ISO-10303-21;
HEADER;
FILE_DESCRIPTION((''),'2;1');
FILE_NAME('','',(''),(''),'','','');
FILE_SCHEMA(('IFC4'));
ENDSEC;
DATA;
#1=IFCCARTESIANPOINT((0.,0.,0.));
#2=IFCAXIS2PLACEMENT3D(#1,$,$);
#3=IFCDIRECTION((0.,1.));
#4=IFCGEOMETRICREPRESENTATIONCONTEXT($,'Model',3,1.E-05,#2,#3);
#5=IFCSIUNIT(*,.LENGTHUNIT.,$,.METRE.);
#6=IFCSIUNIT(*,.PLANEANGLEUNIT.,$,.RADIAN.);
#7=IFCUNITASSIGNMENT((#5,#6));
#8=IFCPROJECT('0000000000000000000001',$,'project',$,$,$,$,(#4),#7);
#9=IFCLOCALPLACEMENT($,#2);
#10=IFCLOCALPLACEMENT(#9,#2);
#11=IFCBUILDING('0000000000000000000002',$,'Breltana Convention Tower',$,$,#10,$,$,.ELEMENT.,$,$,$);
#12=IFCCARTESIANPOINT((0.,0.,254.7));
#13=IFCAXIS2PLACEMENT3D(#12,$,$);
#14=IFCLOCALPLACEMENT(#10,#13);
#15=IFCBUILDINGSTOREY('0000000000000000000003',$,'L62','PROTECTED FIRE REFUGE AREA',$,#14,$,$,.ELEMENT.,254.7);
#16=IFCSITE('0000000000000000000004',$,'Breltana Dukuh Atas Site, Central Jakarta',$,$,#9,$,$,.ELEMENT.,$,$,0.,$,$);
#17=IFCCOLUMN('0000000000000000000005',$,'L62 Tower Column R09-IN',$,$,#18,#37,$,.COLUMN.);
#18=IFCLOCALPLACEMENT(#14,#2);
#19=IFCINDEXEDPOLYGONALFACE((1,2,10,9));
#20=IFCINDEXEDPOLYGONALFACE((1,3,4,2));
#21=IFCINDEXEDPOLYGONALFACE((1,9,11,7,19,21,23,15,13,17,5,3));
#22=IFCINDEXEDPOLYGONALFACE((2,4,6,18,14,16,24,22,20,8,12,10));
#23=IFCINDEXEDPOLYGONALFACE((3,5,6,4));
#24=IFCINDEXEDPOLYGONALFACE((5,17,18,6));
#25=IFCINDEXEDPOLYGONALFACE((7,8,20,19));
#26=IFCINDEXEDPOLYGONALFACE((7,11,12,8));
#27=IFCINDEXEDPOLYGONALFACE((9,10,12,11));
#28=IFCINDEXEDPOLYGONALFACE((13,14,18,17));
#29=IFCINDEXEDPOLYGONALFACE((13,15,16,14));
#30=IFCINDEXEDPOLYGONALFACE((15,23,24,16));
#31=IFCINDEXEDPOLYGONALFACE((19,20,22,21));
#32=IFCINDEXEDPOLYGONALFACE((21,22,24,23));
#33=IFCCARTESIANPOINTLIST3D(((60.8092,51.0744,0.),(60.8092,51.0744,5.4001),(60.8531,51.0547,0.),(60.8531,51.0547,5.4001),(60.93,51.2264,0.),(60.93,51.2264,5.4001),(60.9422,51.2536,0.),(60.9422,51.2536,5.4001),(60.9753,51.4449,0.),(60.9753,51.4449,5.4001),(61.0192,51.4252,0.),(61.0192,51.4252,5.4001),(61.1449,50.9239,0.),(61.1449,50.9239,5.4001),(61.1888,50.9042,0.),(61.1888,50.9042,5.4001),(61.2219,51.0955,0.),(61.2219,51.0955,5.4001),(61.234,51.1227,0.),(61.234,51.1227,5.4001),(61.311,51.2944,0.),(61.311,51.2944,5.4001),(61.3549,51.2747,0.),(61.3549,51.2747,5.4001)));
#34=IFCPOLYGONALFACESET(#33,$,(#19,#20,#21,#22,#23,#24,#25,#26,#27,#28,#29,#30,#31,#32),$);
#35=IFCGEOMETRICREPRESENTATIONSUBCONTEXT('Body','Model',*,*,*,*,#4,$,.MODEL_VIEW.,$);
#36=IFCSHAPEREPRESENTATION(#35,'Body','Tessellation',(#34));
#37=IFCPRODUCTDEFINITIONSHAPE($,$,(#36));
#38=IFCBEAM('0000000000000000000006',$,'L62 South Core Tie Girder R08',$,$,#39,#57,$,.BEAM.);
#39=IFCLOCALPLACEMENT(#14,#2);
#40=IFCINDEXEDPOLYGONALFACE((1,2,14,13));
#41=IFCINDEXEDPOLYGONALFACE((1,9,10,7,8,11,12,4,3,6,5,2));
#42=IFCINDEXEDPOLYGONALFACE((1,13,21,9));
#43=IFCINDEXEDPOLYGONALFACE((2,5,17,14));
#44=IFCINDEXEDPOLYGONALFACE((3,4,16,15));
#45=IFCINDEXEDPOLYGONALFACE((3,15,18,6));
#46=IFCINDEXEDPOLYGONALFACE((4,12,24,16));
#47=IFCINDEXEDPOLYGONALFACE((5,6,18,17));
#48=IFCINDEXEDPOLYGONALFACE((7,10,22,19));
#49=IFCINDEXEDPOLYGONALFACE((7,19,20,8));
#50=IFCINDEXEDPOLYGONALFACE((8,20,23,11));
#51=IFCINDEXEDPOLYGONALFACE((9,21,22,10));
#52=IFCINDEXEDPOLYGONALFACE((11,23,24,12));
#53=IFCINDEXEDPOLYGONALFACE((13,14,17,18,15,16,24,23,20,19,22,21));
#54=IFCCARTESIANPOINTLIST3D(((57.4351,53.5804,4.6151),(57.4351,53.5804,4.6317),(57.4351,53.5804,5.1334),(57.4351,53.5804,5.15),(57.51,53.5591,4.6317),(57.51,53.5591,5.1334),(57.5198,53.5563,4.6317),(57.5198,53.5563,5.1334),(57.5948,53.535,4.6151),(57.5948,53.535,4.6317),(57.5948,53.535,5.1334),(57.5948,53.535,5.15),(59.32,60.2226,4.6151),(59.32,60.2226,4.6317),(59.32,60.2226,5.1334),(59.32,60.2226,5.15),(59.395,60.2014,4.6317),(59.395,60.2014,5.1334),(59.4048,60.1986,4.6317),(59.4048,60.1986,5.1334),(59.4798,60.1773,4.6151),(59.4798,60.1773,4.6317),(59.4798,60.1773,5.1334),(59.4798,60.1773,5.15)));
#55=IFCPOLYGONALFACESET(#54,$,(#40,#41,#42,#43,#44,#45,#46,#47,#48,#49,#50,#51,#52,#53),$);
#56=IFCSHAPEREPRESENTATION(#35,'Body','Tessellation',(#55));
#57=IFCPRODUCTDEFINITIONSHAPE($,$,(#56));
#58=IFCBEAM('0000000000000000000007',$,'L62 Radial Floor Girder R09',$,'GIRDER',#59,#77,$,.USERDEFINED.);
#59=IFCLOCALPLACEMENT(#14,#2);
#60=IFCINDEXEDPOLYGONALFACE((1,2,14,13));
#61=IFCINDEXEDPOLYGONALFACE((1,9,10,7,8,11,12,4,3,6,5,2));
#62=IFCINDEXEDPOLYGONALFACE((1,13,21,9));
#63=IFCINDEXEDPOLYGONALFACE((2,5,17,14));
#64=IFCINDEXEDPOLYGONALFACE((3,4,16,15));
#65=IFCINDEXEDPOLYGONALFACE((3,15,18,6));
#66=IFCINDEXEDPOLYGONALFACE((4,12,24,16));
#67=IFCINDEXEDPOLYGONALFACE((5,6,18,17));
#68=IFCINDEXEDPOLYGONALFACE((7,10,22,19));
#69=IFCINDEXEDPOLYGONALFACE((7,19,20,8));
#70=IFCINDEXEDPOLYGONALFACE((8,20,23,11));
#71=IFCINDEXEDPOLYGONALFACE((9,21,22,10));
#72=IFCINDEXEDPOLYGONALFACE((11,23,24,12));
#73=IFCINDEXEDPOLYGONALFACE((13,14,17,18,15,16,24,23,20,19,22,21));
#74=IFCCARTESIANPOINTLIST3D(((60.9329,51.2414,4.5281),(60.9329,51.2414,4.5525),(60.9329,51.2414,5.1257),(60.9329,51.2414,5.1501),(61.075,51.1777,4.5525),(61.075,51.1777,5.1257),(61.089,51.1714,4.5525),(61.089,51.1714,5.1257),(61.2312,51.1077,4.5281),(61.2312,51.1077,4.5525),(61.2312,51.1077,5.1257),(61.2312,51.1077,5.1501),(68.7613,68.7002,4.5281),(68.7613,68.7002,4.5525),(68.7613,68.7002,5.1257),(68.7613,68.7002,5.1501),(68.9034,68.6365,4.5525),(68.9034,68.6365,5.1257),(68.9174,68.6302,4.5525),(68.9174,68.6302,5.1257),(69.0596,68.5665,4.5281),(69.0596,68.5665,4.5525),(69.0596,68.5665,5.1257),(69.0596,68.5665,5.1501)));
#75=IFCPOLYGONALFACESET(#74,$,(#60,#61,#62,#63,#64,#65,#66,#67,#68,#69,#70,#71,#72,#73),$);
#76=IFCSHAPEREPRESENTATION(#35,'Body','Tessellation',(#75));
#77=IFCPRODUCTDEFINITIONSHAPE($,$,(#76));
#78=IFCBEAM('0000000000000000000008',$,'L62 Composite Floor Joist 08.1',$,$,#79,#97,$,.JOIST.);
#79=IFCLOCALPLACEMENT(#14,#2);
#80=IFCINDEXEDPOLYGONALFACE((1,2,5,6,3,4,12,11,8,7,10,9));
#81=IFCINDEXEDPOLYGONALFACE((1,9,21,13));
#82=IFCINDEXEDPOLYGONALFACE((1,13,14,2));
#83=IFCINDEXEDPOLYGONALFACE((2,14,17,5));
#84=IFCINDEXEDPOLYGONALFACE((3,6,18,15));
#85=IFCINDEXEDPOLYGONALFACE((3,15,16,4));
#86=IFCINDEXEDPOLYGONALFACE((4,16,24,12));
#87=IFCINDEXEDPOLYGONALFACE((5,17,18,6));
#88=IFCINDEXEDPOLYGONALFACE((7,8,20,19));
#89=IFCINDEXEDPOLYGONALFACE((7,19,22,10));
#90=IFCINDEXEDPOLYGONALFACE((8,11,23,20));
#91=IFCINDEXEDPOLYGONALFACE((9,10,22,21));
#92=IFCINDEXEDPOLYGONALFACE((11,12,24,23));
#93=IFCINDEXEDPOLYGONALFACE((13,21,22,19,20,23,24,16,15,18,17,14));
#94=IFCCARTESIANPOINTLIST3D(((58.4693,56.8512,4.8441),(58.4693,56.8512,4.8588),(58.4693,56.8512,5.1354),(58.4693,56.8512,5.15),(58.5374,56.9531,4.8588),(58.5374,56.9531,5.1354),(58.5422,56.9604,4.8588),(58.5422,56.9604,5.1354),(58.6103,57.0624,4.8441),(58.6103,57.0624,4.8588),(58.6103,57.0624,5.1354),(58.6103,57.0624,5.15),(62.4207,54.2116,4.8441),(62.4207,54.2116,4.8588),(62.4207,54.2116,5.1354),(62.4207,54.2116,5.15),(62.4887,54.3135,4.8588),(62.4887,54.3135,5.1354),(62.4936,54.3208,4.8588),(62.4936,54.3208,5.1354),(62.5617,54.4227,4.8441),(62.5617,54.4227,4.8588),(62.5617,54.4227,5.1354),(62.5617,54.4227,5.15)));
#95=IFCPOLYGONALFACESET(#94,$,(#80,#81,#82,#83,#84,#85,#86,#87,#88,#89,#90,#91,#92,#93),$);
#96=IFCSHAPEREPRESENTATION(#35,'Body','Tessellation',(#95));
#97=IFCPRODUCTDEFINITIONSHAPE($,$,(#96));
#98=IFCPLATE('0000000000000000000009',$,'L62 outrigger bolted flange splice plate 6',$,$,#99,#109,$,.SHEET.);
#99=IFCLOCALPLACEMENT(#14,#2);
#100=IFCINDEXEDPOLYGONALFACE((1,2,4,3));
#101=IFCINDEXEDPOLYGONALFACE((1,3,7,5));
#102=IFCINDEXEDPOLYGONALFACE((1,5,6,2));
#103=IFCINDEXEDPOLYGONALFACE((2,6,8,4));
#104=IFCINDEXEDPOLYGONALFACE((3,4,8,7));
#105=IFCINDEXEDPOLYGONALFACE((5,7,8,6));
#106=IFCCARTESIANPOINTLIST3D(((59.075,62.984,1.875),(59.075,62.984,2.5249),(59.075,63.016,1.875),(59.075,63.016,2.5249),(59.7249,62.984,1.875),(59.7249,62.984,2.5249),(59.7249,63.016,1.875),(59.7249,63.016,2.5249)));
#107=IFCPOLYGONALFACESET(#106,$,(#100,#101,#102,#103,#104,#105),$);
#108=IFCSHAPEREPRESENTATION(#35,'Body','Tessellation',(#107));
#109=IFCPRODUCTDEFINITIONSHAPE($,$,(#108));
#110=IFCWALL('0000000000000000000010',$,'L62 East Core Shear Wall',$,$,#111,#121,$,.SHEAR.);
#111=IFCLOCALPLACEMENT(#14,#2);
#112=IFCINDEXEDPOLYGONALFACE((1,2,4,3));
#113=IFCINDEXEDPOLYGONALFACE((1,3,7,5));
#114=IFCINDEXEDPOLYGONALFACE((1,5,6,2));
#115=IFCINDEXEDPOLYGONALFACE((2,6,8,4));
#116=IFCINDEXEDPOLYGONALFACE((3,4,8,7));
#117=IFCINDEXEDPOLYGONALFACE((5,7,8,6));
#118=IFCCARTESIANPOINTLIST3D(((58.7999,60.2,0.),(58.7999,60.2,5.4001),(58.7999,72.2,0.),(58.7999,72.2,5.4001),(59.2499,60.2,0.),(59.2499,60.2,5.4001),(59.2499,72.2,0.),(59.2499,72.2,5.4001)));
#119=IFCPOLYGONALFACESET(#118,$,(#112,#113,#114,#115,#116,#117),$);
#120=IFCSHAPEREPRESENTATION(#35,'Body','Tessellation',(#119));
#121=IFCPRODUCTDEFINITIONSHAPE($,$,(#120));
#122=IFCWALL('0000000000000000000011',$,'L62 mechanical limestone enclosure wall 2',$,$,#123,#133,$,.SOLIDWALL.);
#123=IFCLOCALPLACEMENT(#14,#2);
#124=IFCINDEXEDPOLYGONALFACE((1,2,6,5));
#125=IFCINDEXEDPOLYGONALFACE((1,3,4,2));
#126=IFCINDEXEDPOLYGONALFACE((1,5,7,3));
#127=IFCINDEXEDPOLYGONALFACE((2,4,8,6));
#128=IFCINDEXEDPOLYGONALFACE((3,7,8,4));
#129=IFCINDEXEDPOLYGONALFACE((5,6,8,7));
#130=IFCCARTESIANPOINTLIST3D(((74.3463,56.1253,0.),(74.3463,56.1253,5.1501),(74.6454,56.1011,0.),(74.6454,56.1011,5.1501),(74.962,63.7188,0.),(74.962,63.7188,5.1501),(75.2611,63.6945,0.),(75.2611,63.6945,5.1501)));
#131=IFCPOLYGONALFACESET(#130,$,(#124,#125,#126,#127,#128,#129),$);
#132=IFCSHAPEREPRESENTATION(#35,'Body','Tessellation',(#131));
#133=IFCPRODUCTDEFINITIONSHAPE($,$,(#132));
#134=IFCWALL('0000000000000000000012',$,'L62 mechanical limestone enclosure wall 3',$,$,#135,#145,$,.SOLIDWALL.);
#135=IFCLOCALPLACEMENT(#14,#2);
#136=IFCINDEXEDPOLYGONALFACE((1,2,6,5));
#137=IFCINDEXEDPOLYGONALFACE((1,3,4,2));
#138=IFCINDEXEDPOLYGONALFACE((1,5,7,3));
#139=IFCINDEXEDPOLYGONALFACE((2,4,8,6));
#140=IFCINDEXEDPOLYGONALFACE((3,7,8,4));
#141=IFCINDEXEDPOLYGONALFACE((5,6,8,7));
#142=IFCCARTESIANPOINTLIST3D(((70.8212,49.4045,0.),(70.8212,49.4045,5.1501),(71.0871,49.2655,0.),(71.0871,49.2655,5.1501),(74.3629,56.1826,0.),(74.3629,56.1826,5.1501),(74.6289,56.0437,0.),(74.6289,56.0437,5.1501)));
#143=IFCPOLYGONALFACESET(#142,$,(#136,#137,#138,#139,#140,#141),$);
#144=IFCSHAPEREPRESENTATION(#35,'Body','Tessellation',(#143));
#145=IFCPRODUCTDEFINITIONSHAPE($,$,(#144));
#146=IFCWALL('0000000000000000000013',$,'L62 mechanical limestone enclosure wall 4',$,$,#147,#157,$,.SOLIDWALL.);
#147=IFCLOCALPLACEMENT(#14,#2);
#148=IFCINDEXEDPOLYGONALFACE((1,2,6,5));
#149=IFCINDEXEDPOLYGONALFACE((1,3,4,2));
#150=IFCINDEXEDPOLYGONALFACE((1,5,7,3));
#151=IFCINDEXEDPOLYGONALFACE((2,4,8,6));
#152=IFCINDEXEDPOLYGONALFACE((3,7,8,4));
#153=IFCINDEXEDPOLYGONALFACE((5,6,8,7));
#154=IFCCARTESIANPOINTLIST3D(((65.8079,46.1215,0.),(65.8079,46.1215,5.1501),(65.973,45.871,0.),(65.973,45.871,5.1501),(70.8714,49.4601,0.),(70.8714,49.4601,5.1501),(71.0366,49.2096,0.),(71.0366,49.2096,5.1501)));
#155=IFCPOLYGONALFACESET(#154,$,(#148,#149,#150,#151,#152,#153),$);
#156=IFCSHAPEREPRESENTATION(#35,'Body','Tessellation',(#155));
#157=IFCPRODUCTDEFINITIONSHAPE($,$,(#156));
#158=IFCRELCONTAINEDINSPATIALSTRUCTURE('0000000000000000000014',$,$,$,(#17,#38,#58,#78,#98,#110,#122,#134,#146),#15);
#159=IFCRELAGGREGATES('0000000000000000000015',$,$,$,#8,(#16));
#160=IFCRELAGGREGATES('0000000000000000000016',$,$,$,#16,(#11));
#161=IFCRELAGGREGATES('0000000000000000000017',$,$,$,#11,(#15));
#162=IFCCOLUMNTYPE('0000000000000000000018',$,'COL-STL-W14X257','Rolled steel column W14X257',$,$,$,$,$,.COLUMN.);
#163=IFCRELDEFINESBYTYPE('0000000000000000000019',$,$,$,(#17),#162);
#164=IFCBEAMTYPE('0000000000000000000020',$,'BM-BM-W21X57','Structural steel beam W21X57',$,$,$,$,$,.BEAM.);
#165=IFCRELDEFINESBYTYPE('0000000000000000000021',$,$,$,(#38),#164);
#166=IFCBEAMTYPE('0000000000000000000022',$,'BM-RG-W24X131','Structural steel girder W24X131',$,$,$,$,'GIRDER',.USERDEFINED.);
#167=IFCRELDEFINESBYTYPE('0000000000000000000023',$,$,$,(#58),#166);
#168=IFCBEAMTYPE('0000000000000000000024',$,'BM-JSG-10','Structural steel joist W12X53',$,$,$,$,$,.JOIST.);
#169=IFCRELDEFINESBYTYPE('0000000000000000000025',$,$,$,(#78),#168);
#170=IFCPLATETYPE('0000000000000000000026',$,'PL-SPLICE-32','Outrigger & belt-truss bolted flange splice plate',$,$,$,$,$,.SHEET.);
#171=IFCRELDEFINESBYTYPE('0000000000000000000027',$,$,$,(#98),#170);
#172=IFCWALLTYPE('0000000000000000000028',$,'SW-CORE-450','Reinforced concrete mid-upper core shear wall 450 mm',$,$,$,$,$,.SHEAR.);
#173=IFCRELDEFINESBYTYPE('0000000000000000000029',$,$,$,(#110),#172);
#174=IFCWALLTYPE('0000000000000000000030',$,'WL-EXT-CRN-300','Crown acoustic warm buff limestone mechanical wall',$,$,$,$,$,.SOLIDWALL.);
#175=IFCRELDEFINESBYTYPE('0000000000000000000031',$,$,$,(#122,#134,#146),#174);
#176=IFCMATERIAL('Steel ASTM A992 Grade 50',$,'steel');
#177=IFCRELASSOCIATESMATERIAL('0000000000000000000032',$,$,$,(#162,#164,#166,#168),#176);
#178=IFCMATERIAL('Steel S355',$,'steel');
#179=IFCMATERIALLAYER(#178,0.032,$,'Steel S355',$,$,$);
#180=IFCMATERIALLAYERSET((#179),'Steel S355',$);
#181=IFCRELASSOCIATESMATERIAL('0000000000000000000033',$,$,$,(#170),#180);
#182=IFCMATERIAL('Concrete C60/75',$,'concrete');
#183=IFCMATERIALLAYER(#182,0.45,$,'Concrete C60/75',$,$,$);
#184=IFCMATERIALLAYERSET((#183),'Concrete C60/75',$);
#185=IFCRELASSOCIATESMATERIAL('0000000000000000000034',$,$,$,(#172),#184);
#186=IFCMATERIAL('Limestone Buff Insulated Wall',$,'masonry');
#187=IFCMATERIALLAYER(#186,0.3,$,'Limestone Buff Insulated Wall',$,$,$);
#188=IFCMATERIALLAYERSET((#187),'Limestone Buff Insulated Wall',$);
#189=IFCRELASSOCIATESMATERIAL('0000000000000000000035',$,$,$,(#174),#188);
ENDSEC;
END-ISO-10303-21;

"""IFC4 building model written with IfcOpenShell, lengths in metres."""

from ifc_helpers import new_model, si_unit, direction, frame, frame_2d, origin, origin_2d, place, context, subcontext, project, spatial, rectangle, i_section, extrude, source, transform, mapped, material, layer, layer_set, material_profile, profile_set, type_object, type_shapes, element, save


model = new_model("IFC4")

# Units and contexts
model_context = context("Model", 3, precision=1e-05, world=origin(), true_north=direction((0.0, 1.0)))
body_context = subcontext(model_context, "Body", "Model", "MODEL_VIEW")
ifc_project = project(units=[si_unit("LENGTHUNIT", "METRE"), si_unit("PLANEANGLEUNIT", "RADIAN")], contexts=[model_context])

# Site, building, storey
site_placement = place(None, origin())
site = spatial("IfcSite", under=ifc_project, at=site_placement, Name="Breltana Dukuh Atas Site, Central Jakarta", CompositionType="ELEMENT", RefElevation=0.0)
building_placement = place(site_placement, origin())
building = spatial("IfcBuilding", under=site, at=building_placement, Name="Breltana Convention Tower", CompositionType="ELEMENT")
storey_placement = place(building_placement, frame((0.0, 0.0, 254.7)))
storey = spatial("IfcBuildingStorey", under=building, at=storey_placement, Name="L62", Description="PROTECTED FIRE REFUGE AREA", CompositionType="ELEMENT", Elevation=254.7)

# Column
ifc_material_1 = material(Name="Steel ASTM A992 Grade 50", Category="steel")
ifc_material_profile_1 = material_profile(ifc_material_1, i_section(OverallWidth=0.406, OverallDepth=0.416, WebThickness=0.0298, FlangeThickness=0.0481, at=origin_2d()), Name="W14X257")
ifc_profile_set_1 = profile_set([ifc_material_profile_1], Name="Steel ASTM A992 Grade 50")
column_type = type_object("IfcColumnType", Name="COL-STL-W14X257", Description="Rolled steel column W14X257", PredefinedType="COLUMN", material=ifc_profile_set_1)
shared_shape_1 = source(origin(), body_context, "Body", "SweptSolid", [
    extrude(i_section(OverallWidth=0.406, OverallDepth=0.416, WebThickness=0.0298, FlangeThickness=0.0481, at=origin_2d()), origin(), (0.0, 0.0, 1.0), 5.4001),
])
column_placement = place(storey_placement, frame((61.082, 51.1746, 0.0), z_axis=(0.0, 0.0, 1.0), x_axis=(0.409127, 0.912477, 0.0)))
element("IfcColumn", 1, at=column_placement, inside=storey, type_object=column_type, Name="L62 Tower Column R09-IN", PredefinedType="COLUMN", context=body_context, shape_type="MappedRepresentation", body=[
    mapped(shared_shape_1, transform((0.0, 0.0, 0.0), scale=1.0)),
])

# Beams
ifc_material_profile_2 = material_profile(ifc_material_1, i_section(OverallWidth=0.166, OverallDepth=0.5349, WebThickness=0.0103, FlangeThickness=0.0166, at=origin_2d()), Name="W21X57")
ifc_profile_set_2 = profile_set([ifc_material_profile_2], Name="Steel ASTM A992 Grade 50")
beam_type_1 = type_object("IfcBeamType", Name="BM-BM-W21X57", Description="Structural steel beam W21X57", PredefinedType="BEAM", material=ifc_profile_set_2)
shared_shape_2 = source(origin(), body_context, "Body", "SweptSolid", [
    extrude(i_section(OverallWidth=0.166, OverallDepth=0.5349, WebThickness=0.0103, FlangeThickness=0.0166, at=origin_2d()), origin(), (0.0, 0.0, 1.0), 6.9045),
])
type_shapes(beam_type_1, [shared_shape_2])
beam_1_placement = place(storey_placement, frame((59.3999, 60.2, 4.8826), z_axis=(-0.273007, -0.962012, 0.0), x_axis=(0.962012, -0.273007, 0.0)))
element("IfcBeam", 2, at=beam_1_placement, inside=storey, type_object=beam_type_1, Name="L62 South Core Tie Girder R08", PredefinedType="BEAM", context=body_context, shape_type="MappedRepresentation", body=[
    mapped(shared_shape_2, transform((0.0, 0.0, 0.0), scale=1.0)),
])
ifc_material_profile_3 = material_profile(ifc_material_1, i_section(OverallWidth=0.3269, OverallDepth=0.6221, WebThickness=0.0154, FlangeThickness=0.0244, at=origin_2d()), Name="W24X131")
ifc_profile_set_3 = profile_set([ifc_material_profile_3], Name="Steel ASTM A992 Grade 50")
beam_type_2 = type_object("IfcBeamType", Name="BM-RG-W24X131", Description="Structural steel girder W24X131", ElementType="GIRDER", PredefinedType="USERDEFINED", material=ifc_profile_set_3)
shared_shape_3 = source(origin(), body_context, "Body", "SweptSolid", [
    extrude(i_section(OverallWidth=0.3269, OverallDepth=0.6221, WebThickness=0.0154, FlangeThickness=0.0244, at=origin_2d()), origin(), (0.0, 0.0, 1.0), 19.1335),
])
beam_2_placement = place(storey_placement, frame((61.082, 51.1746, 4.8391), z_axis=(0.409145, 0.91247, 0.0), x_axis=(-0.91247, 0.409145, 0.0)))
element("IfcBeam", 3, at=beam_2_placement, inside=storey, type_object=beam_type_2, Name="L62 Radial Floor Girder R09", ObjectType="GIRDER", PredefinedType="USERDEFINED", context=body_context, shape_type="MappedRepresentation", body=[
    mapped(shared_shape_3, transform((0.0, 0.0, 0.0), scale=1.0)),
])
ifc_material_profile_4 = material_profile(ifc_material_1, i_section(OverallWidth=0.2539, OverallDepth=0.3059, WebThickness=0.0088, FlangeThickness=0.0146, at=origin_2d()), Name="W12X53")
ifc_profile_set_4 = profile_set([ifc_material_profile_4], Name="Steel ASTM A992 Grade 50")
beam_type_3 = type_object("IfcBeamType", Name="BM-JSG-10", Description="Structural steel joist W12X53", PredefinedType="JOIST", material=ifc_profile_set_4)
shared_shape_4 = source(origin(), body_context, "Body", "SweptSolid", [
    extrude(i_section(OverallWidth=0.2539, OverallDepth=0.3059, WebThickness=0.0088, FlangeThickness=0.0146, at=origin_2d()), origin(), (0.0, 0.0, 1.0), 4.752),
])
beam_3_placement = place(storey_placement, frame((58.5398, 56.9568, 4.9971), z_axis=(0.831528, -0.555482, 0.0), x_axis=(0.555482, 0.831528, 0.0)))
element("IfcBeam", 4, at=beam_3_placement, inside=storey, type_object=beam_type_3, Name="L62 Composite Floor Joist 08.1", PredefinedType="JOIST", context=body_context, shape_type="MappedRepresentation", body=[
    mapped(shared_shape_4, transform((0.0, 0.0, 0.0), scale=1.0)),
])

# Plate
ifc_material_2 = material(Name="Steel S355", Category="steel")
ifc_layer_1 = layer(ifc_material_2, 0.032, Name="Steel S355")
ifc_layer_set_1 = layer_set([ifc_layer_1], Name="Steel S355")
plate_type = type_object("IfcPlateType", Name="PL-SPLICE-32", Description="Outrigger & belt-truss bolted flange splice plate", PredefinedType="SHEET", material=ifc_layer_set_1)
shared_shape_5 = source(origin(), body_context, "Body", "SweptSolid", [
    extrude(rectangle(XDim=0.6499, YDim=0.032, at=origin_2d()), origin(), (0.0, 0.0, 1.0), 0.6499),
])
type_shapes(plate_type, [shared_shape_5])
plate_placement = place(storey_placement, frame((59.3999, 63.0, 1.875), z_axis=(0.0, 0.0, 1.0), x_axis=(1.0, 0.0, 0.0)))
element("IfcPlate", 5, at=plate_placement, inside=storey, type_object=plate_type, Name="L62 outrigger bolted flange splice plate 6", PredefinedType="SHEET", context=body_context, shape_type="MappedRepresentation", body=[
    mapped(shared_shape_5, transform((0.0, 0.0, 0.0), scale=1.0)),
])

# Walls
ifc_material_3 = material(Name="Concrete C60/75", Category="concrete")
ifc_layer_2 = layer(ifc_material_3, 0.45, Name="Concrete C60/75")
ifc_layer_set_2 = layer_set([ifc_layer_2], Name="Concrete C60/75")
wall_type_1 = type_object("IfcWallType", Name="SW-CORE-450", Description="Reinforced concrete mid-upper core shear wall 450 mm", PredefinedType="SHEAR", material=ifc_layer_set_2)
shared_shape_6 = source(origin(), body_context, "Body", "SweptSolid", [
    extrude(rectangle(XDim=12.0, YDim=0.45, at=frame_2d((6.0, 0.0))), origin(), (0.0, 0.0, 1.0), 5.4001),
])
wall_1_placement = place(storey_placement, frame((59.0249, 60.2, 0.0), z_axis=(0.0, 0.0, 1.0), x_axis=(0.0, 1.0, 0.0)))
element("IfcWall", 6, at=wall_1_placement, inside=storey, type_object=wall_type_1, Name="L62 East Core Shear Wall", PredefinedType="SHEAR", context=body_context, shape_type="MappedRepresentation", body=[
    mapped(shared_shape_6, transform((0.0, 0.0, 0.0), scale=1.0)),
])
ifc_material_4 = material(Name="Limestone Buff Insulated Wall", Category="masonry")
ifc_layer_3 = layer(ifc_material_4, 0.3, Name="Limestone Buff Insulated Wall")
ifc_layer_set_3 = layer_set([ifc_layer_3], Name="Limestone Buff Insulated Wall")
wall_type_2 = type_object("IfcWallType", Name="WL-EXT-CRN-300", Description="Crown acoustic warm buff limestone mechanical wall", PredefinedType="SOLIDWALL", material=ifc_layer_set_3)
shared_shape_7 = source(origin(), body_context, "Body", "SweptSolid", [
    extrude(rectangle(XDim=7.6184, YDim=0.3, at=frame_2d((3.8091, 0.0))), origin(), (0.0, 0.0, 1.0), 5.1501),
])
wall_2_placement = place(storey_placement, frame((75.1116, 63.7065, 0.0), z_axis=(0.0, 0.0, 1.0), x_axis=(-0.08082, -0.996729, 0.0)))
element("IfcWall", 7, at=wall_2_placement, inside=storey, type_object=wall_type_2, Name="L62 mechanical limestone enclosure wall 2", PredefinedType="SOLIDWALL", context=body_context, shape_type="MappedRepresentation", body=[
    mapped(shared_shape_7, transform((0.0, 0.0, 0.0), scale=1.0)),
])
shared_shape_8 = source(origin(), body_context, "Body", "SweptSolid", [
    extrude(rectangle(XDim=7.6477, YDim=0.3, at=frame_2d((3.8237, 0.0))), origin(), (0.0, 0.0, 1.0), 5.1501),
])
wall_3_placement = place(storey_placement, frame((74.4958, 56.113, 0.0), z_axis=(0.0, 0.0, 1.0), x_axis=(-0.463117, -0.886297, 0.0)))
element("IfcWall", 8, at=wall_3_placement, inside=storey, type_object=wall_type_2, Name="L62 mechanical limestone enclosure wall 3", PredefinedType="SOLIDWALL", context=body_context, shape_type="MappedRepresentation", body=[
    mapped(shared_shape_8, transform((0.0, 0.0, 0.0), scale=1.0)),
])
shared_shape_9 = source(origin(), body_context, "Body", "SweptSolid", [
    extrude(rectangle(XDim=6.0652, YDim=0.3, at=frame_2d((3.0327, 0.0))), origin(), (0.0, 0.0, 1.0), 5.1501),
])
wall_4_placement = place(storey_placement, frame((70.9541, 49.335, 0.0), z_axis=(0.0, 0.0, 1.0), x_axis=(-0.834857, -0.550466, 0.0)))
element("IfcWall", 9, at=wall_4_placement, inside=storey, type_object=wall_type_2, Name="L62 mechanical limestone enclosure wall 4", PredefinedType="SOLIDWALL", context=body_context, shape_type="MappedRepresentation", body=[
    mapped(shared_shape_9, transform((0.0, 0.0, 0.0), scale=1.0)),
])

save(model, "model.ifc")
